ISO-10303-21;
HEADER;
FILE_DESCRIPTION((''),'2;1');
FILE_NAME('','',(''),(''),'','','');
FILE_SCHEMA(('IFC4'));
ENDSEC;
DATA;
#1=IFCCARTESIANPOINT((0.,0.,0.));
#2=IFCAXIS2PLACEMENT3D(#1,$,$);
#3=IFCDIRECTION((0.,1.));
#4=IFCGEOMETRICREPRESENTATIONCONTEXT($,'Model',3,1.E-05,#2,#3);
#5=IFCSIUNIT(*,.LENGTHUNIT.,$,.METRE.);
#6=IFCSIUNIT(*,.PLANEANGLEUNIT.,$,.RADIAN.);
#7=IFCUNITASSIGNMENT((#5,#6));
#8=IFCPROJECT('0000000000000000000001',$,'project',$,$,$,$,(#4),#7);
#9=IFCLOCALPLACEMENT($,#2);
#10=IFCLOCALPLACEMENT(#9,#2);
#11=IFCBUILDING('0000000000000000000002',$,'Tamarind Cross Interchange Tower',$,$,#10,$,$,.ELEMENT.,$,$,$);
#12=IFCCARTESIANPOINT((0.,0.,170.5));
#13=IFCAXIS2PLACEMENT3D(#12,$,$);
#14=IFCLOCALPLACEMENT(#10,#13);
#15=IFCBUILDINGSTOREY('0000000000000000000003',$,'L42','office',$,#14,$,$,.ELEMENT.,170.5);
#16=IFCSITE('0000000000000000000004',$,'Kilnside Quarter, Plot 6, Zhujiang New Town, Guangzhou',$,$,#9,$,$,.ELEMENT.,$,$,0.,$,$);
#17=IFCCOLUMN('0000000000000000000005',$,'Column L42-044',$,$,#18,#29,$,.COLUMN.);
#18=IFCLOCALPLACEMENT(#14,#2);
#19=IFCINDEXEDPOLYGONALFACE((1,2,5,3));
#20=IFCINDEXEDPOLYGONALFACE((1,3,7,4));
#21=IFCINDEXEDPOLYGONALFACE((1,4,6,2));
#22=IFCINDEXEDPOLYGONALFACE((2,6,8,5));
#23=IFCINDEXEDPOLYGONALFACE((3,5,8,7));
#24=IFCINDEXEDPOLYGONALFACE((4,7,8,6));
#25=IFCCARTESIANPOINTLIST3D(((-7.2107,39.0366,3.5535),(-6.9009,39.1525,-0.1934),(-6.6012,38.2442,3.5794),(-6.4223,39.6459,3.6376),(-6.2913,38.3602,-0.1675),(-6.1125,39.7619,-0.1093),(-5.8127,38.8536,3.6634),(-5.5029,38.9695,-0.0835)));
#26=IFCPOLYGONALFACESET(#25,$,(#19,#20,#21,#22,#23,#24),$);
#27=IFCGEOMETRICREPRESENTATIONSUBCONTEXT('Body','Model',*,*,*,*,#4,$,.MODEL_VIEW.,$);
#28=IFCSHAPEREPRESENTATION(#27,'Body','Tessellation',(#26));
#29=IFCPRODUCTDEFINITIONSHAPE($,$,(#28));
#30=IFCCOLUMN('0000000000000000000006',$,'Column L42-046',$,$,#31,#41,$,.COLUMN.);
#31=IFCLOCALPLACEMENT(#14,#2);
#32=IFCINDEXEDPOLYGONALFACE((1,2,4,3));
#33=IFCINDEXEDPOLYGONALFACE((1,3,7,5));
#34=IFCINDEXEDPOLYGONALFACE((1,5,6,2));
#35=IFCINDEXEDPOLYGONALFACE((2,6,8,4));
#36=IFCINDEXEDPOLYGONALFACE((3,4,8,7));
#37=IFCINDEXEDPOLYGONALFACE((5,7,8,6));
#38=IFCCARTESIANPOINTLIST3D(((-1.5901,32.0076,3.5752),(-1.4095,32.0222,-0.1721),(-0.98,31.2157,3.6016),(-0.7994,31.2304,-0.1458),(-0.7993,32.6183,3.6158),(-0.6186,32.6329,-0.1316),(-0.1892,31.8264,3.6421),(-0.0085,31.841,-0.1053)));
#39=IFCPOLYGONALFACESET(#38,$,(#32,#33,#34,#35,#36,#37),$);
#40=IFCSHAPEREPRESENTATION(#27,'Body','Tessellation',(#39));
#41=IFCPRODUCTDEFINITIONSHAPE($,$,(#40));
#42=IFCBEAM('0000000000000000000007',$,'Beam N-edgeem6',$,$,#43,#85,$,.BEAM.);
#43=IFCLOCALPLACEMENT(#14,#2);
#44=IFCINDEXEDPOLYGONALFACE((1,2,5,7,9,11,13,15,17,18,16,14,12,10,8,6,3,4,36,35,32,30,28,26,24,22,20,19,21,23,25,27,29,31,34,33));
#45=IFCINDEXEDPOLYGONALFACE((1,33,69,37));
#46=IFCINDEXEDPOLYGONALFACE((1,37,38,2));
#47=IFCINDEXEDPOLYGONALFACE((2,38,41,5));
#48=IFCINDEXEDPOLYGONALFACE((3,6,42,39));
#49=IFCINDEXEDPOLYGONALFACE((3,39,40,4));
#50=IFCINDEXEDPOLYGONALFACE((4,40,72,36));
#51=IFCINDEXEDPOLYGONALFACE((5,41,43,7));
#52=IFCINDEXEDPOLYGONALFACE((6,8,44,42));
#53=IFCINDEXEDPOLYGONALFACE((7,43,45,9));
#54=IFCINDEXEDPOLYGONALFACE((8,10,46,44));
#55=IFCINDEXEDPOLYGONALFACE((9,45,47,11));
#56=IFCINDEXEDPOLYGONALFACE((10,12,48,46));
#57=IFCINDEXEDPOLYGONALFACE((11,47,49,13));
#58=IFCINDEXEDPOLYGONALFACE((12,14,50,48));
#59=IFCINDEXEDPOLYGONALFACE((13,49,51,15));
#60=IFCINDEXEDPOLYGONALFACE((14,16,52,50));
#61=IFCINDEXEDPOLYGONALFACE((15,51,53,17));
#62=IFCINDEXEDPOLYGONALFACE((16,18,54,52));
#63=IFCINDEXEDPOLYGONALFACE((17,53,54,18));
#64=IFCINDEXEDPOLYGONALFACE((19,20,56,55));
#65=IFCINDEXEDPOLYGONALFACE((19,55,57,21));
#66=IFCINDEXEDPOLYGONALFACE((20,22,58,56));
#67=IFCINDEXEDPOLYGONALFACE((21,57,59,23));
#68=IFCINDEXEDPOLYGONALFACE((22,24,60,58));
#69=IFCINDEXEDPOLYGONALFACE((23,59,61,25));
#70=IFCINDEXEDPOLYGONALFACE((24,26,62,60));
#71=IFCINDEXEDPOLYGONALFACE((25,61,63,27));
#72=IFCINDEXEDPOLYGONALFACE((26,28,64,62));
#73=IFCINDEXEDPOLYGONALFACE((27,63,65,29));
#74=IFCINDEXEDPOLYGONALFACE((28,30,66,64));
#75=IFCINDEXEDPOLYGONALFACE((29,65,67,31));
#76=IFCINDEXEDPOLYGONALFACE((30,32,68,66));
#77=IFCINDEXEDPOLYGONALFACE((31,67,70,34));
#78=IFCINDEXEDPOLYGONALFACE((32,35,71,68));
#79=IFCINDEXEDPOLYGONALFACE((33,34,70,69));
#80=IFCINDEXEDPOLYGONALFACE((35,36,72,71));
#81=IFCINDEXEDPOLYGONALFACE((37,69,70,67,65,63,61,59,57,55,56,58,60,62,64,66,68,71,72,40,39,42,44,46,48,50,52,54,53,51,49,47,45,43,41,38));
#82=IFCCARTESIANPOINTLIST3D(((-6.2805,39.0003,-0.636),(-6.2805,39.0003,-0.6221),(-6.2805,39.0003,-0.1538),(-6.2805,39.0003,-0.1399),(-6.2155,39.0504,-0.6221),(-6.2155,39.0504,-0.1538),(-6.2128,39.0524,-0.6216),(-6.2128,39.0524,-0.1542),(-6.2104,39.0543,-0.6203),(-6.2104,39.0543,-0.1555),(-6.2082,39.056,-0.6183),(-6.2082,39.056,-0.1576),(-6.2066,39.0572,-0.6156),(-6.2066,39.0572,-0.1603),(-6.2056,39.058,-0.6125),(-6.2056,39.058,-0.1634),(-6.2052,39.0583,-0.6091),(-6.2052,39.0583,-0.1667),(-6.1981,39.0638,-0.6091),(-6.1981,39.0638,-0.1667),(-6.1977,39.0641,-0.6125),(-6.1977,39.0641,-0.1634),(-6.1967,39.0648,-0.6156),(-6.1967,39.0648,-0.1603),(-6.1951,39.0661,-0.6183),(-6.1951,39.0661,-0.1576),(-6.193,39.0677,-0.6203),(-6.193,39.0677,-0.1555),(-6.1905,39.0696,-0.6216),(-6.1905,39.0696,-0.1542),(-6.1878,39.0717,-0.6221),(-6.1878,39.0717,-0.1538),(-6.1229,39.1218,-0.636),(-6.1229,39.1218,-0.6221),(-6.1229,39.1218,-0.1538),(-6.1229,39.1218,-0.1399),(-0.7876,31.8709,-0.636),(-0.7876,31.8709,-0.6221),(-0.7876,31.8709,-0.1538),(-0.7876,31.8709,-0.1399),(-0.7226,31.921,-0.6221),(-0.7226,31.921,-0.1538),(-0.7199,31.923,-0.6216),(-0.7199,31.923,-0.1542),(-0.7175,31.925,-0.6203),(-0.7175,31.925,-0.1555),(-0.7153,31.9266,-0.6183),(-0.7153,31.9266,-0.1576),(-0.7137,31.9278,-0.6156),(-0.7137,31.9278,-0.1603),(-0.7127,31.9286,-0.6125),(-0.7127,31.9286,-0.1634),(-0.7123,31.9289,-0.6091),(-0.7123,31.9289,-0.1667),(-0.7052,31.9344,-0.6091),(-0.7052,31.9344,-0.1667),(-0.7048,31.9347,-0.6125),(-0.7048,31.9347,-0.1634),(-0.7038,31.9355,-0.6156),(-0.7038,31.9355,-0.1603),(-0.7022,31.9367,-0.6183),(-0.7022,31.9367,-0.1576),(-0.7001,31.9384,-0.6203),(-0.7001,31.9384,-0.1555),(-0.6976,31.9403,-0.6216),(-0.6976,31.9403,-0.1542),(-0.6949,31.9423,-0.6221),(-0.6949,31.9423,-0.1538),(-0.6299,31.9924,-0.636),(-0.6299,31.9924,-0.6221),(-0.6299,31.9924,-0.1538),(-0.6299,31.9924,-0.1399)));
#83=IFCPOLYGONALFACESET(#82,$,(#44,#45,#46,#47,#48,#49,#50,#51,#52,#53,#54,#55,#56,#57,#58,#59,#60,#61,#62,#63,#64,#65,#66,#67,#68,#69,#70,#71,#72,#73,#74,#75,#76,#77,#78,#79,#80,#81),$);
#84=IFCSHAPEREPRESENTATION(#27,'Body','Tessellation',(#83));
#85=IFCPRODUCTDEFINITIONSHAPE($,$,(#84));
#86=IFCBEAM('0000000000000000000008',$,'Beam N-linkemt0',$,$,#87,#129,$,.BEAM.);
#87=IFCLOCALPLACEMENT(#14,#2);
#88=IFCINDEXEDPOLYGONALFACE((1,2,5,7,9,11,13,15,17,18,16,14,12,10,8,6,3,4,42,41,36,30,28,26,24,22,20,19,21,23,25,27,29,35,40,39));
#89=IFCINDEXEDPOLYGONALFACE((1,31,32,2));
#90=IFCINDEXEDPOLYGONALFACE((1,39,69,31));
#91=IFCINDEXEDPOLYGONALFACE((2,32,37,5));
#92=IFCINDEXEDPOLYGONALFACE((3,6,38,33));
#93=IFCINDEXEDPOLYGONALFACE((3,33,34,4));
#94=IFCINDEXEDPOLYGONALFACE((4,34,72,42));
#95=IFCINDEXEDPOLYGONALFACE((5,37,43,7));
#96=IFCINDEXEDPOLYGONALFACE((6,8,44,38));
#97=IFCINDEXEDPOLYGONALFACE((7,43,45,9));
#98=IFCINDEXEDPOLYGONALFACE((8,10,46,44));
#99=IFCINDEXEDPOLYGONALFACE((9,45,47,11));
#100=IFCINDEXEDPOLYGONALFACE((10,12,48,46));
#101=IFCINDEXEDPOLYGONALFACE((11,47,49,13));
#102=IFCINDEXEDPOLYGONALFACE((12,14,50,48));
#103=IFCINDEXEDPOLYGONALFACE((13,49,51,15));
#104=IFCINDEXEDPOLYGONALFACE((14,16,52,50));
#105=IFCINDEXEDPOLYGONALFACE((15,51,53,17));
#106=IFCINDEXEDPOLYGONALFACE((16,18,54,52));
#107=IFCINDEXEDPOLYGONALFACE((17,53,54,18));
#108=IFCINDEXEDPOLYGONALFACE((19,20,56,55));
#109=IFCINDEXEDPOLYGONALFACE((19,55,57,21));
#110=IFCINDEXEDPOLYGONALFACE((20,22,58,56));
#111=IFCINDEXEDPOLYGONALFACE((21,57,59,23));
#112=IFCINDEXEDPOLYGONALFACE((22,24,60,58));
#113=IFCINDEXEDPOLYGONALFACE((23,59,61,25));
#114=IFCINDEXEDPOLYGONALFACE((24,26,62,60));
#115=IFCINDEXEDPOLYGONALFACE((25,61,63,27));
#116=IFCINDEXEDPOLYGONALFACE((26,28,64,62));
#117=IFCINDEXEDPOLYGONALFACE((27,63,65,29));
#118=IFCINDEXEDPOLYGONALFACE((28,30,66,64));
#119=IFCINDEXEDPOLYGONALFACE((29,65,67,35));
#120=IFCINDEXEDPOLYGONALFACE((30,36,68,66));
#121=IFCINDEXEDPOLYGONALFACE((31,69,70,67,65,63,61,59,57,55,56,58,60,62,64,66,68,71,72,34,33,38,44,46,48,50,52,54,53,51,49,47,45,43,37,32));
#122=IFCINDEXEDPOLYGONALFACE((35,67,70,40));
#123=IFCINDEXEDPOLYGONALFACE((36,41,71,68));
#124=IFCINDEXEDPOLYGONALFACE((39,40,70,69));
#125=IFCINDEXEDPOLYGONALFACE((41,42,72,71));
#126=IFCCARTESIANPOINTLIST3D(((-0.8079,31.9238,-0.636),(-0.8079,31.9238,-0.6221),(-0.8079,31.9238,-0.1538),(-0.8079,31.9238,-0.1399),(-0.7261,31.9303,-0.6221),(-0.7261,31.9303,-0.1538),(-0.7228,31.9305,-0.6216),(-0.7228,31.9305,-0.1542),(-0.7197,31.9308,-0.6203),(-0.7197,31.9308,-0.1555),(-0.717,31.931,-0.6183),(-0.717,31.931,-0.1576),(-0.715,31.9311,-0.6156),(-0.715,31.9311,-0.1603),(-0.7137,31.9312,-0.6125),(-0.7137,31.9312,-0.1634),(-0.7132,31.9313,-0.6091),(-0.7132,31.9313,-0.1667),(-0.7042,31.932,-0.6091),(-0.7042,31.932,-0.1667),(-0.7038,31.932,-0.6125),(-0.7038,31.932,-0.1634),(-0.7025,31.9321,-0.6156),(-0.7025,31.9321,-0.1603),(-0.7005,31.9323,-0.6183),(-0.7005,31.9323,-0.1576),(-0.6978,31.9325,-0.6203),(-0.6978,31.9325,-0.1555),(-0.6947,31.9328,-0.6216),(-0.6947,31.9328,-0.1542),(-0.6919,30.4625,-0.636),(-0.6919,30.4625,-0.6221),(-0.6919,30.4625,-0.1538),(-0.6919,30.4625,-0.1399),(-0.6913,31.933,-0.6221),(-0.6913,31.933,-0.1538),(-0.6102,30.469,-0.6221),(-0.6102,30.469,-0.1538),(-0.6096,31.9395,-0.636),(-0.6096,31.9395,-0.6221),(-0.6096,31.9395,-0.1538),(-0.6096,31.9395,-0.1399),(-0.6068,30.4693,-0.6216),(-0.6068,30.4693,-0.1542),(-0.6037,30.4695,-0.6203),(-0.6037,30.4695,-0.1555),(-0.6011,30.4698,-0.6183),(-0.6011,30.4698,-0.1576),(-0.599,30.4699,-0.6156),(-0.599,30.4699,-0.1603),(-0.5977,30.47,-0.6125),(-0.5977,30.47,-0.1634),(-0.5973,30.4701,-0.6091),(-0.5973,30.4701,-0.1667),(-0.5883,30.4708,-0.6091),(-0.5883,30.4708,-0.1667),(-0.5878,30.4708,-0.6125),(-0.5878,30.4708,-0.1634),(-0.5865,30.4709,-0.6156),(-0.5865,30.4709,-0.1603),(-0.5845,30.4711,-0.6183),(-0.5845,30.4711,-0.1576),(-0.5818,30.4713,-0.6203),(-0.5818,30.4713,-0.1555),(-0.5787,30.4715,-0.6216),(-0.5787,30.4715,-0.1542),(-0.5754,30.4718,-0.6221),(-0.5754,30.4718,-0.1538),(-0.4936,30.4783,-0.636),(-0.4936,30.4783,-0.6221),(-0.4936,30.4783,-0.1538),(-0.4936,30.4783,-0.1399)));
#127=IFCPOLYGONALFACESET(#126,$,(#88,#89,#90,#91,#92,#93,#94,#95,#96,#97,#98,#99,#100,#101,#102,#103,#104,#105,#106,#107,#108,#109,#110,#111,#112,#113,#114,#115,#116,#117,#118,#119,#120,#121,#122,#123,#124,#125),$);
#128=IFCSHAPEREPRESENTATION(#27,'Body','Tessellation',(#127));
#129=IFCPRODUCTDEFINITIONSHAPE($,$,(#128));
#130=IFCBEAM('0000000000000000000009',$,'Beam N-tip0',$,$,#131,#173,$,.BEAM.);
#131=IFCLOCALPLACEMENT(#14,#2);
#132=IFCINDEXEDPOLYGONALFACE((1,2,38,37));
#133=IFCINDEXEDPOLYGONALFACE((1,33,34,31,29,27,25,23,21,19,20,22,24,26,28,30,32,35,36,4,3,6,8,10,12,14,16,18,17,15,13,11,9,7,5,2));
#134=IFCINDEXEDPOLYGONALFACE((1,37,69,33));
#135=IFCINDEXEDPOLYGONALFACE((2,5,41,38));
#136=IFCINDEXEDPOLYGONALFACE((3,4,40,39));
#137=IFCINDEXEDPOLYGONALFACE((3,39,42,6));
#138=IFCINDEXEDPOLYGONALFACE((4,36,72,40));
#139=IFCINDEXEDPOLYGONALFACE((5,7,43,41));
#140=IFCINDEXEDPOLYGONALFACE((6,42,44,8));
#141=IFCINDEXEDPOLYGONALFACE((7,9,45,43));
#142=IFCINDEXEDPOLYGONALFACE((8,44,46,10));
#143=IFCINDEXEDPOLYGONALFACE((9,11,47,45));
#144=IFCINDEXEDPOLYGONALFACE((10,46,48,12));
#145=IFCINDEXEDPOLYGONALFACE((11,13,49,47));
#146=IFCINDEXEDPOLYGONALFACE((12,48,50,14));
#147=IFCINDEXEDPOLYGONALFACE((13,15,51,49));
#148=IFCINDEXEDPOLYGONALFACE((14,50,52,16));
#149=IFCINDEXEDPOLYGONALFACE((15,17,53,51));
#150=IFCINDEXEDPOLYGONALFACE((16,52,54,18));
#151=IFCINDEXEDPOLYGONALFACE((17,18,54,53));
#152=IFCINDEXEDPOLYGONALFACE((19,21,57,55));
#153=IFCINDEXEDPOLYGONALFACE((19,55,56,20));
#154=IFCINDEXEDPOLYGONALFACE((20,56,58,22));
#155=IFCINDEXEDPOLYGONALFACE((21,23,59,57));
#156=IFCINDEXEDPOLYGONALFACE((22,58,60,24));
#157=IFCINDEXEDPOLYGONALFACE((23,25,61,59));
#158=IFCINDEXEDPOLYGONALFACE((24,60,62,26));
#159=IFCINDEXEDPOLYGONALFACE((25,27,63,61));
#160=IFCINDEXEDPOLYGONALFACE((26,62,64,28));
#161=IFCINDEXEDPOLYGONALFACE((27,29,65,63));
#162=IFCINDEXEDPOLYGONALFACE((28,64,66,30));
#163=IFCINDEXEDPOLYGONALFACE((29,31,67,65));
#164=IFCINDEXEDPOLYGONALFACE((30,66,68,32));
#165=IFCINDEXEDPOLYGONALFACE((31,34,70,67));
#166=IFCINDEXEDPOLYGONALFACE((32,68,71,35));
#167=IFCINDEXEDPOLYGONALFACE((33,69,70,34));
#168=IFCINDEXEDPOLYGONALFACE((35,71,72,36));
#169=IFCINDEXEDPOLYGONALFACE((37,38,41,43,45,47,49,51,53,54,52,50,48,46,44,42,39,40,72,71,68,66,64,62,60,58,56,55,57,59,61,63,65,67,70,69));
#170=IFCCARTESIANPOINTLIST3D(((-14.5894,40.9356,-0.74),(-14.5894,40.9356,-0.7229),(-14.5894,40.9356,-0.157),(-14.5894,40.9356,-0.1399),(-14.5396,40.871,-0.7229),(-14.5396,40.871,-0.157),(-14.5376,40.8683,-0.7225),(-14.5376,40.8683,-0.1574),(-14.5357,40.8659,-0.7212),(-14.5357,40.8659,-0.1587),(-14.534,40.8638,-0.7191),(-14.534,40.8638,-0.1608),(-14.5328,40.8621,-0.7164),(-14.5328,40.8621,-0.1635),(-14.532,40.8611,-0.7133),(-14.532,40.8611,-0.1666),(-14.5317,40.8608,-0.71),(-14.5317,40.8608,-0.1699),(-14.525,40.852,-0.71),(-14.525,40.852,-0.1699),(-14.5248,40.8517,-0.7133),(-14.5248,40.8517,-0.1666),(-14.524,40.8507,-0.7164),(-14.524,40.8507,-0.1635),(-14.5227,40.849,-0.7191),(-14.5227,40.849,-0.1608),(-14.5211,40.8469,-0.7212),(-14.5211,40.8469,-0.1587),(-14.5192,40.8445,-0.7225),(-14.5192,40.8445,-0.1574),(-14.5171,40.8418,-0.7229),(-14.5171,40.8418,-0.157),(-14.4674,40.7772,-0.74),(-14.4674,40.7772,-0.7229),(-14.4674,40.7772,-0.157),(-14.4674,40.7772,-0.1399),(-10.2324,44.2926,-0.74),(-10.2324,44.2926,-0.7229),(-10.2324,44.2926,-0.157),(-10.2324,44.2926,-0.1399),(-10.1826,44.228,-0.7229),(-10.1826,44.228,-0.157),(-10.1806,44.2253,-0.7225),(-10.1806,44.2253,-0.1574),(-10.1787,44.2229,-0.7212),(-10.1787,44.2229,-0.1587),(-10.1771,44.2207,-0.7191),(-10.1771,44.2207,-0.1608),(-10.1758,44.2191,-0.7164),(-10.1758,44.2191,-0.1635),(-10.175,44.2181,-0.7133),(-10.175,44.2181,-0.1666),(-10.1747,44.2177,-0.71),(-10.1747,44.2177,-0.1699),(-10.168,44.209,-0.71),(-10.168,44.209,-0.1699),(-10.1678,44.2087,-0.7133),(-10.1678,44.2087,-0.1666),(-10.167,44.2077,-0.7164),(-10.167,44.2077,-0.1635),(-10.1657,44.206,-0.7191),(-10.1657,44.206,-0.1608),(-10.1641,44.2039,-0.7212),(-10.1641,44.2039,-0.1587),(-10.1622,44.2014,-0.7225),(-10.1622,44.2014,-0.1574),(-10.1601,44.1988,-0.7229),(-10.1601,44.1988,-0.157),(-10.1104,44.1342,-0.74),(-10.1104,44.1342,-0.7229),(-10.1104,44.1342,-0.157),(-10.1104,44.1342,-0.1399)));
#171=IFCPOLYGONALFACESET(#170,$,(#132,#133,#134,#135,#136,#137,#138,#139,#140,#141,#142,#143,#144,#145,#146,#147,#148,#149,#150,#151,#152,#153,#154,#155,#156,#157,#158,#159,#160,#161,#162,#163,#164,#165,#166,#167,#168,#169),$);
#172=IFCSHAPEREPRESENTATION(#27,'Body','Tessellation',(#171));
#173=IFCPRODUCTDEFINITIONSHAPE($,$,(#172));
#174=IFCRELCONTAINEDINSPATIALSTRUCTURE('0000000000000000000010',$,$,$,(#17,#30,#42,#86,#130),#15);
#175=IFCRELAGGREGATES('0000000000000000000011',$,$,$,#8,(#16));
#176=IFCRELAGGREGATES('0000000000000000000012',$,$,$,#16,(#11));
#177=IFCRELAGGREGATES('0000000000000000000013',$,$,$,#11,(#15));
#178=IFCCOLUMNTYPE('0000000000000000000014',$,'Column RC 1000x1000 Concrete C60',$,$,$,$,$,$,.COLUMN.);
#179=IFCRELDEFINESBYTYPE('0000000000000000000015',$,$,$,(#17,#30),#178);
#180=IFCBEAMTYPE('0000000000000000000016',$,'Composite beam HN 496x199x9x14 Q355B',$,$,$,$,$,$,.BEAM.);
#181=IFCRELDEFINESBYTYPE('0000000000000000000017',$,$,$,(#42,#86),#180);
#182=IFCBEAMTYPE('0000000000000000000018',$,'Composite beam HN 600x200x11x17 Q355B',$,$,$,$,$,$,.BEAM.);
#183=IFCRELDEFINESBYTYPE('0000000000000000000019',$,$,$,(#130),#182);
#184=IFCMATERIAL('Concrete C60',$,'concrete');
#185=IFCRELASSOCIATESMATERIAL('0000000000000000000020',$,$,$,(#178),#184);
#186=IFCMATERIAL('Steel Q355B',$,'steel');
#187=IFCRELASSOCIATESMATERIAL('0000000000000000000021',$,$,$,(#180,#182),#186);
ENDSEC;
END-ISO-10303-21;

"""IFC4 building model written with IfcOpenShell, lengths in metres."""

from ifc_helpers import new_model, si_unit, direction, frame, origin, origin_2d, place, context, subcontext, project, spatial, rectangle, i_section, extrude, material, material_profile, profile_set, type_object, element, save


model = new_model("IFC4")

# Units and contexts
model_context = context("Model", 3, precision=1e-05, world=origin(), true_north=direction((0.0, 1.0)))
body_context = subcontext(model_context, "Body", "Model", "MODEL_VIEW")
ifc_project = project(units=[si_unit("LENGTHUNIT", "METRE"), si_unit("PLANEANGLEUNIT", "RADIAN")], contexts=[model_context])

# Site, building, storey
site_placement = place(None, origin())
site = spatial("IfcSite", under=ifc_project, at=site_placement, Name="Kilnside Quarter, Plot 6, Zhujiang New Town, Guangzhou", CompositionType="ELEMENT", RefElevation=0.0)
building_placement = place(site_placement, origin())
building = spatial("IfcBuilding", under=site, at=building_placement, Name="Tamarind Cross Interchange Tower", CompositionType="ELEMENT")
storey_placement = place(building_placement, frame((0.0, 0.0, 170.5)))
storey = spatial("IfcBuildingStorey", under=building, at=storey_placement, Name="L42", Description="office", CompositionType="ELEMENT", Elevation=170.5)

# Columns
ifc_material_1 = material(Name="Concrete C60", Category="concrete")
ifc_material_profile_1 = material_profile(ifc_material_1, rectangle(XDim=1.0, YDim=1.0, at=origin_2d()), Name="RC 1000x1000")
ifc_profile_set_1 = profile_set([ifc_material_profile_1], Name="Concrete C60")
column_type = type_object("IfcColumnType", Name="Column RC 1000x1000 Concrete C60", PredefinedType="COLUMN", material=ifc_profile_set_1)
column_1_placement = place(storey_placement, frame((-6.2019, 39.061, -0.1384), z_axis=(-0.082367, -0.030831, 0.996125), x_axis=(0.609567, -0.792312, 0.025881)))
element("IfcColumn", 1, at=column_1_placement, inside=storey, type_object=column_type, Name="Column L42-044", PredefinedType="COLUMN", context=body_context, shape_type="SweptSolid", body=[
    extrude(rectangle(XDim=1.0, YDim=1.0, at=origin_2d()), origin(), (0.0, 0.0, 1.0), 3.7615),
])
column_2_placement = place(storey_placement, frame((-0.709, 31.9316, -0.1387), z_axis=(-0.048155, -0.003904, 0.998832), x_axis=(0.610113, -0.791877, 0.026319)))
element("IfcColumn", 2, at=column_2_placement, inside=storey, type_object=column_type, Name="Column L42-046", PredefinedType="COLUMN", context=body_context, shape_type="SweptSolid", body=[
    extrude(rectangle(XDim=1.0, YDim=1.0, at=origin_2d()), origin(), (0.0, 0.0, 1.0), 3.7517),
])

# Beams
ifc_material_2 = material(Name="Steel Q355B", Category="steel")
ifc_material_profile_2 = material_profile(ifc_material_2, i_section(OverallWidth=0.199, OverallDepth=0.4961, WebThickness=0.009, FlangeThickness=0.0139, FilletRadius=0.0129, at=origin_2d()), Name="HN 496x199x9x14")
ifc_profile_set_2 = profile_set([ifc_material_profile_2], Name="Steel Q355B")
beam_type_1 = type_object("IfcBeamType", Name="Composite beam HN 496x199x9x14 Q355B", PredefinedType="BEAM", material=ifc_profile_set_2)
beam_1_placement = place(storey_placement, frame((-6.2017, 39.061, -0.3879), z_axis=(0.610323, -0.792153, 0.0), x_axis=(0.792153, 0.610323, 0.0)))
element("IfcBeam", 3, at=beam_1_placement, inside=storey, type_object=beam_type_1, Name="Beam N-edgeem6", PredefinedType="BEAM", context=body_context, shape_type="SweptSolid", body=[
    extrude(i_section(OverallWidth=0.199, OverallDepth=0.4961, WebThickness=0.009, FlangeThickness=0.0139, FilletRadius=0.0129, at=origin_2d()), origin(), (0.0, 0.0, 1.0), 9.0),
])
beam_2_placement = place(storey_placement, frame((-0.7087, 31.9316, -0.3879), z_axis=(0.079116, -0.996865, 0.0), x_axis=(0.996865, 0.079116, 0.0)))
element("IfcBeam", 4, at=beam_2_placement, inside=storey, type_object=beam_type_1, Name="Beam N-linkemt0", PredefinedType="BEAM", context=body_context, shape_type="SweptSolid", body=[
    extrude(i_section(OverallWidth=0.199, OverallDepth=0.4961, WebThickness=0.009, FlangeThickness=0.0139, FilletRadius=0.0129, at=origin_2d()), origin(), (0.0, 0.0, 1.0), 1.4658),
])
ifc_material_profile_3 = material_profile(ifc_material_2, i_section(OverallWidth=0.2, OverallDepth=0.6001, WebThickness=0.011, FlangeThickness=0.0171, FilletRadius=0.0129, at=origin_2d()), Name="HN 600x200x11x17")
ifc_profile_set_3 = profile_set([ifc_material_profile_3], Name="Steel Q355B")
beam_type_2 = type_object("IfcBeamType", Name="Composite beam HN 600x200x11x17 Q355B", PredefinedType="BEAM", material=ifc_profile_set_3)
beam_3_placement = place(storey_placement, frame((-10.1714, 44.2134, -0.4399), z_axis=(-0.792145, -0.610333, 0.0), x_axis=(0.610333, -0.792145, 0.0)))
element("IfcBeam", 5, at=beam_3_placement, inside=storey, type_object=beam_type_2, Name="Beam N-tip0", PredefinedType="BEAM", context=body_context, shape_type="SweptSolid", body=[
    extrude(i_section(OverallWidth=0.2, OverallDepth=0.6001, WebThickness=0.011, FlangeThickness=0.0171, FilletRadius=0.0129, at=origin_2d()), origin(), (0.0, 0.0, 1.0), 5.5002),
])

save(model, "model.ifc")
